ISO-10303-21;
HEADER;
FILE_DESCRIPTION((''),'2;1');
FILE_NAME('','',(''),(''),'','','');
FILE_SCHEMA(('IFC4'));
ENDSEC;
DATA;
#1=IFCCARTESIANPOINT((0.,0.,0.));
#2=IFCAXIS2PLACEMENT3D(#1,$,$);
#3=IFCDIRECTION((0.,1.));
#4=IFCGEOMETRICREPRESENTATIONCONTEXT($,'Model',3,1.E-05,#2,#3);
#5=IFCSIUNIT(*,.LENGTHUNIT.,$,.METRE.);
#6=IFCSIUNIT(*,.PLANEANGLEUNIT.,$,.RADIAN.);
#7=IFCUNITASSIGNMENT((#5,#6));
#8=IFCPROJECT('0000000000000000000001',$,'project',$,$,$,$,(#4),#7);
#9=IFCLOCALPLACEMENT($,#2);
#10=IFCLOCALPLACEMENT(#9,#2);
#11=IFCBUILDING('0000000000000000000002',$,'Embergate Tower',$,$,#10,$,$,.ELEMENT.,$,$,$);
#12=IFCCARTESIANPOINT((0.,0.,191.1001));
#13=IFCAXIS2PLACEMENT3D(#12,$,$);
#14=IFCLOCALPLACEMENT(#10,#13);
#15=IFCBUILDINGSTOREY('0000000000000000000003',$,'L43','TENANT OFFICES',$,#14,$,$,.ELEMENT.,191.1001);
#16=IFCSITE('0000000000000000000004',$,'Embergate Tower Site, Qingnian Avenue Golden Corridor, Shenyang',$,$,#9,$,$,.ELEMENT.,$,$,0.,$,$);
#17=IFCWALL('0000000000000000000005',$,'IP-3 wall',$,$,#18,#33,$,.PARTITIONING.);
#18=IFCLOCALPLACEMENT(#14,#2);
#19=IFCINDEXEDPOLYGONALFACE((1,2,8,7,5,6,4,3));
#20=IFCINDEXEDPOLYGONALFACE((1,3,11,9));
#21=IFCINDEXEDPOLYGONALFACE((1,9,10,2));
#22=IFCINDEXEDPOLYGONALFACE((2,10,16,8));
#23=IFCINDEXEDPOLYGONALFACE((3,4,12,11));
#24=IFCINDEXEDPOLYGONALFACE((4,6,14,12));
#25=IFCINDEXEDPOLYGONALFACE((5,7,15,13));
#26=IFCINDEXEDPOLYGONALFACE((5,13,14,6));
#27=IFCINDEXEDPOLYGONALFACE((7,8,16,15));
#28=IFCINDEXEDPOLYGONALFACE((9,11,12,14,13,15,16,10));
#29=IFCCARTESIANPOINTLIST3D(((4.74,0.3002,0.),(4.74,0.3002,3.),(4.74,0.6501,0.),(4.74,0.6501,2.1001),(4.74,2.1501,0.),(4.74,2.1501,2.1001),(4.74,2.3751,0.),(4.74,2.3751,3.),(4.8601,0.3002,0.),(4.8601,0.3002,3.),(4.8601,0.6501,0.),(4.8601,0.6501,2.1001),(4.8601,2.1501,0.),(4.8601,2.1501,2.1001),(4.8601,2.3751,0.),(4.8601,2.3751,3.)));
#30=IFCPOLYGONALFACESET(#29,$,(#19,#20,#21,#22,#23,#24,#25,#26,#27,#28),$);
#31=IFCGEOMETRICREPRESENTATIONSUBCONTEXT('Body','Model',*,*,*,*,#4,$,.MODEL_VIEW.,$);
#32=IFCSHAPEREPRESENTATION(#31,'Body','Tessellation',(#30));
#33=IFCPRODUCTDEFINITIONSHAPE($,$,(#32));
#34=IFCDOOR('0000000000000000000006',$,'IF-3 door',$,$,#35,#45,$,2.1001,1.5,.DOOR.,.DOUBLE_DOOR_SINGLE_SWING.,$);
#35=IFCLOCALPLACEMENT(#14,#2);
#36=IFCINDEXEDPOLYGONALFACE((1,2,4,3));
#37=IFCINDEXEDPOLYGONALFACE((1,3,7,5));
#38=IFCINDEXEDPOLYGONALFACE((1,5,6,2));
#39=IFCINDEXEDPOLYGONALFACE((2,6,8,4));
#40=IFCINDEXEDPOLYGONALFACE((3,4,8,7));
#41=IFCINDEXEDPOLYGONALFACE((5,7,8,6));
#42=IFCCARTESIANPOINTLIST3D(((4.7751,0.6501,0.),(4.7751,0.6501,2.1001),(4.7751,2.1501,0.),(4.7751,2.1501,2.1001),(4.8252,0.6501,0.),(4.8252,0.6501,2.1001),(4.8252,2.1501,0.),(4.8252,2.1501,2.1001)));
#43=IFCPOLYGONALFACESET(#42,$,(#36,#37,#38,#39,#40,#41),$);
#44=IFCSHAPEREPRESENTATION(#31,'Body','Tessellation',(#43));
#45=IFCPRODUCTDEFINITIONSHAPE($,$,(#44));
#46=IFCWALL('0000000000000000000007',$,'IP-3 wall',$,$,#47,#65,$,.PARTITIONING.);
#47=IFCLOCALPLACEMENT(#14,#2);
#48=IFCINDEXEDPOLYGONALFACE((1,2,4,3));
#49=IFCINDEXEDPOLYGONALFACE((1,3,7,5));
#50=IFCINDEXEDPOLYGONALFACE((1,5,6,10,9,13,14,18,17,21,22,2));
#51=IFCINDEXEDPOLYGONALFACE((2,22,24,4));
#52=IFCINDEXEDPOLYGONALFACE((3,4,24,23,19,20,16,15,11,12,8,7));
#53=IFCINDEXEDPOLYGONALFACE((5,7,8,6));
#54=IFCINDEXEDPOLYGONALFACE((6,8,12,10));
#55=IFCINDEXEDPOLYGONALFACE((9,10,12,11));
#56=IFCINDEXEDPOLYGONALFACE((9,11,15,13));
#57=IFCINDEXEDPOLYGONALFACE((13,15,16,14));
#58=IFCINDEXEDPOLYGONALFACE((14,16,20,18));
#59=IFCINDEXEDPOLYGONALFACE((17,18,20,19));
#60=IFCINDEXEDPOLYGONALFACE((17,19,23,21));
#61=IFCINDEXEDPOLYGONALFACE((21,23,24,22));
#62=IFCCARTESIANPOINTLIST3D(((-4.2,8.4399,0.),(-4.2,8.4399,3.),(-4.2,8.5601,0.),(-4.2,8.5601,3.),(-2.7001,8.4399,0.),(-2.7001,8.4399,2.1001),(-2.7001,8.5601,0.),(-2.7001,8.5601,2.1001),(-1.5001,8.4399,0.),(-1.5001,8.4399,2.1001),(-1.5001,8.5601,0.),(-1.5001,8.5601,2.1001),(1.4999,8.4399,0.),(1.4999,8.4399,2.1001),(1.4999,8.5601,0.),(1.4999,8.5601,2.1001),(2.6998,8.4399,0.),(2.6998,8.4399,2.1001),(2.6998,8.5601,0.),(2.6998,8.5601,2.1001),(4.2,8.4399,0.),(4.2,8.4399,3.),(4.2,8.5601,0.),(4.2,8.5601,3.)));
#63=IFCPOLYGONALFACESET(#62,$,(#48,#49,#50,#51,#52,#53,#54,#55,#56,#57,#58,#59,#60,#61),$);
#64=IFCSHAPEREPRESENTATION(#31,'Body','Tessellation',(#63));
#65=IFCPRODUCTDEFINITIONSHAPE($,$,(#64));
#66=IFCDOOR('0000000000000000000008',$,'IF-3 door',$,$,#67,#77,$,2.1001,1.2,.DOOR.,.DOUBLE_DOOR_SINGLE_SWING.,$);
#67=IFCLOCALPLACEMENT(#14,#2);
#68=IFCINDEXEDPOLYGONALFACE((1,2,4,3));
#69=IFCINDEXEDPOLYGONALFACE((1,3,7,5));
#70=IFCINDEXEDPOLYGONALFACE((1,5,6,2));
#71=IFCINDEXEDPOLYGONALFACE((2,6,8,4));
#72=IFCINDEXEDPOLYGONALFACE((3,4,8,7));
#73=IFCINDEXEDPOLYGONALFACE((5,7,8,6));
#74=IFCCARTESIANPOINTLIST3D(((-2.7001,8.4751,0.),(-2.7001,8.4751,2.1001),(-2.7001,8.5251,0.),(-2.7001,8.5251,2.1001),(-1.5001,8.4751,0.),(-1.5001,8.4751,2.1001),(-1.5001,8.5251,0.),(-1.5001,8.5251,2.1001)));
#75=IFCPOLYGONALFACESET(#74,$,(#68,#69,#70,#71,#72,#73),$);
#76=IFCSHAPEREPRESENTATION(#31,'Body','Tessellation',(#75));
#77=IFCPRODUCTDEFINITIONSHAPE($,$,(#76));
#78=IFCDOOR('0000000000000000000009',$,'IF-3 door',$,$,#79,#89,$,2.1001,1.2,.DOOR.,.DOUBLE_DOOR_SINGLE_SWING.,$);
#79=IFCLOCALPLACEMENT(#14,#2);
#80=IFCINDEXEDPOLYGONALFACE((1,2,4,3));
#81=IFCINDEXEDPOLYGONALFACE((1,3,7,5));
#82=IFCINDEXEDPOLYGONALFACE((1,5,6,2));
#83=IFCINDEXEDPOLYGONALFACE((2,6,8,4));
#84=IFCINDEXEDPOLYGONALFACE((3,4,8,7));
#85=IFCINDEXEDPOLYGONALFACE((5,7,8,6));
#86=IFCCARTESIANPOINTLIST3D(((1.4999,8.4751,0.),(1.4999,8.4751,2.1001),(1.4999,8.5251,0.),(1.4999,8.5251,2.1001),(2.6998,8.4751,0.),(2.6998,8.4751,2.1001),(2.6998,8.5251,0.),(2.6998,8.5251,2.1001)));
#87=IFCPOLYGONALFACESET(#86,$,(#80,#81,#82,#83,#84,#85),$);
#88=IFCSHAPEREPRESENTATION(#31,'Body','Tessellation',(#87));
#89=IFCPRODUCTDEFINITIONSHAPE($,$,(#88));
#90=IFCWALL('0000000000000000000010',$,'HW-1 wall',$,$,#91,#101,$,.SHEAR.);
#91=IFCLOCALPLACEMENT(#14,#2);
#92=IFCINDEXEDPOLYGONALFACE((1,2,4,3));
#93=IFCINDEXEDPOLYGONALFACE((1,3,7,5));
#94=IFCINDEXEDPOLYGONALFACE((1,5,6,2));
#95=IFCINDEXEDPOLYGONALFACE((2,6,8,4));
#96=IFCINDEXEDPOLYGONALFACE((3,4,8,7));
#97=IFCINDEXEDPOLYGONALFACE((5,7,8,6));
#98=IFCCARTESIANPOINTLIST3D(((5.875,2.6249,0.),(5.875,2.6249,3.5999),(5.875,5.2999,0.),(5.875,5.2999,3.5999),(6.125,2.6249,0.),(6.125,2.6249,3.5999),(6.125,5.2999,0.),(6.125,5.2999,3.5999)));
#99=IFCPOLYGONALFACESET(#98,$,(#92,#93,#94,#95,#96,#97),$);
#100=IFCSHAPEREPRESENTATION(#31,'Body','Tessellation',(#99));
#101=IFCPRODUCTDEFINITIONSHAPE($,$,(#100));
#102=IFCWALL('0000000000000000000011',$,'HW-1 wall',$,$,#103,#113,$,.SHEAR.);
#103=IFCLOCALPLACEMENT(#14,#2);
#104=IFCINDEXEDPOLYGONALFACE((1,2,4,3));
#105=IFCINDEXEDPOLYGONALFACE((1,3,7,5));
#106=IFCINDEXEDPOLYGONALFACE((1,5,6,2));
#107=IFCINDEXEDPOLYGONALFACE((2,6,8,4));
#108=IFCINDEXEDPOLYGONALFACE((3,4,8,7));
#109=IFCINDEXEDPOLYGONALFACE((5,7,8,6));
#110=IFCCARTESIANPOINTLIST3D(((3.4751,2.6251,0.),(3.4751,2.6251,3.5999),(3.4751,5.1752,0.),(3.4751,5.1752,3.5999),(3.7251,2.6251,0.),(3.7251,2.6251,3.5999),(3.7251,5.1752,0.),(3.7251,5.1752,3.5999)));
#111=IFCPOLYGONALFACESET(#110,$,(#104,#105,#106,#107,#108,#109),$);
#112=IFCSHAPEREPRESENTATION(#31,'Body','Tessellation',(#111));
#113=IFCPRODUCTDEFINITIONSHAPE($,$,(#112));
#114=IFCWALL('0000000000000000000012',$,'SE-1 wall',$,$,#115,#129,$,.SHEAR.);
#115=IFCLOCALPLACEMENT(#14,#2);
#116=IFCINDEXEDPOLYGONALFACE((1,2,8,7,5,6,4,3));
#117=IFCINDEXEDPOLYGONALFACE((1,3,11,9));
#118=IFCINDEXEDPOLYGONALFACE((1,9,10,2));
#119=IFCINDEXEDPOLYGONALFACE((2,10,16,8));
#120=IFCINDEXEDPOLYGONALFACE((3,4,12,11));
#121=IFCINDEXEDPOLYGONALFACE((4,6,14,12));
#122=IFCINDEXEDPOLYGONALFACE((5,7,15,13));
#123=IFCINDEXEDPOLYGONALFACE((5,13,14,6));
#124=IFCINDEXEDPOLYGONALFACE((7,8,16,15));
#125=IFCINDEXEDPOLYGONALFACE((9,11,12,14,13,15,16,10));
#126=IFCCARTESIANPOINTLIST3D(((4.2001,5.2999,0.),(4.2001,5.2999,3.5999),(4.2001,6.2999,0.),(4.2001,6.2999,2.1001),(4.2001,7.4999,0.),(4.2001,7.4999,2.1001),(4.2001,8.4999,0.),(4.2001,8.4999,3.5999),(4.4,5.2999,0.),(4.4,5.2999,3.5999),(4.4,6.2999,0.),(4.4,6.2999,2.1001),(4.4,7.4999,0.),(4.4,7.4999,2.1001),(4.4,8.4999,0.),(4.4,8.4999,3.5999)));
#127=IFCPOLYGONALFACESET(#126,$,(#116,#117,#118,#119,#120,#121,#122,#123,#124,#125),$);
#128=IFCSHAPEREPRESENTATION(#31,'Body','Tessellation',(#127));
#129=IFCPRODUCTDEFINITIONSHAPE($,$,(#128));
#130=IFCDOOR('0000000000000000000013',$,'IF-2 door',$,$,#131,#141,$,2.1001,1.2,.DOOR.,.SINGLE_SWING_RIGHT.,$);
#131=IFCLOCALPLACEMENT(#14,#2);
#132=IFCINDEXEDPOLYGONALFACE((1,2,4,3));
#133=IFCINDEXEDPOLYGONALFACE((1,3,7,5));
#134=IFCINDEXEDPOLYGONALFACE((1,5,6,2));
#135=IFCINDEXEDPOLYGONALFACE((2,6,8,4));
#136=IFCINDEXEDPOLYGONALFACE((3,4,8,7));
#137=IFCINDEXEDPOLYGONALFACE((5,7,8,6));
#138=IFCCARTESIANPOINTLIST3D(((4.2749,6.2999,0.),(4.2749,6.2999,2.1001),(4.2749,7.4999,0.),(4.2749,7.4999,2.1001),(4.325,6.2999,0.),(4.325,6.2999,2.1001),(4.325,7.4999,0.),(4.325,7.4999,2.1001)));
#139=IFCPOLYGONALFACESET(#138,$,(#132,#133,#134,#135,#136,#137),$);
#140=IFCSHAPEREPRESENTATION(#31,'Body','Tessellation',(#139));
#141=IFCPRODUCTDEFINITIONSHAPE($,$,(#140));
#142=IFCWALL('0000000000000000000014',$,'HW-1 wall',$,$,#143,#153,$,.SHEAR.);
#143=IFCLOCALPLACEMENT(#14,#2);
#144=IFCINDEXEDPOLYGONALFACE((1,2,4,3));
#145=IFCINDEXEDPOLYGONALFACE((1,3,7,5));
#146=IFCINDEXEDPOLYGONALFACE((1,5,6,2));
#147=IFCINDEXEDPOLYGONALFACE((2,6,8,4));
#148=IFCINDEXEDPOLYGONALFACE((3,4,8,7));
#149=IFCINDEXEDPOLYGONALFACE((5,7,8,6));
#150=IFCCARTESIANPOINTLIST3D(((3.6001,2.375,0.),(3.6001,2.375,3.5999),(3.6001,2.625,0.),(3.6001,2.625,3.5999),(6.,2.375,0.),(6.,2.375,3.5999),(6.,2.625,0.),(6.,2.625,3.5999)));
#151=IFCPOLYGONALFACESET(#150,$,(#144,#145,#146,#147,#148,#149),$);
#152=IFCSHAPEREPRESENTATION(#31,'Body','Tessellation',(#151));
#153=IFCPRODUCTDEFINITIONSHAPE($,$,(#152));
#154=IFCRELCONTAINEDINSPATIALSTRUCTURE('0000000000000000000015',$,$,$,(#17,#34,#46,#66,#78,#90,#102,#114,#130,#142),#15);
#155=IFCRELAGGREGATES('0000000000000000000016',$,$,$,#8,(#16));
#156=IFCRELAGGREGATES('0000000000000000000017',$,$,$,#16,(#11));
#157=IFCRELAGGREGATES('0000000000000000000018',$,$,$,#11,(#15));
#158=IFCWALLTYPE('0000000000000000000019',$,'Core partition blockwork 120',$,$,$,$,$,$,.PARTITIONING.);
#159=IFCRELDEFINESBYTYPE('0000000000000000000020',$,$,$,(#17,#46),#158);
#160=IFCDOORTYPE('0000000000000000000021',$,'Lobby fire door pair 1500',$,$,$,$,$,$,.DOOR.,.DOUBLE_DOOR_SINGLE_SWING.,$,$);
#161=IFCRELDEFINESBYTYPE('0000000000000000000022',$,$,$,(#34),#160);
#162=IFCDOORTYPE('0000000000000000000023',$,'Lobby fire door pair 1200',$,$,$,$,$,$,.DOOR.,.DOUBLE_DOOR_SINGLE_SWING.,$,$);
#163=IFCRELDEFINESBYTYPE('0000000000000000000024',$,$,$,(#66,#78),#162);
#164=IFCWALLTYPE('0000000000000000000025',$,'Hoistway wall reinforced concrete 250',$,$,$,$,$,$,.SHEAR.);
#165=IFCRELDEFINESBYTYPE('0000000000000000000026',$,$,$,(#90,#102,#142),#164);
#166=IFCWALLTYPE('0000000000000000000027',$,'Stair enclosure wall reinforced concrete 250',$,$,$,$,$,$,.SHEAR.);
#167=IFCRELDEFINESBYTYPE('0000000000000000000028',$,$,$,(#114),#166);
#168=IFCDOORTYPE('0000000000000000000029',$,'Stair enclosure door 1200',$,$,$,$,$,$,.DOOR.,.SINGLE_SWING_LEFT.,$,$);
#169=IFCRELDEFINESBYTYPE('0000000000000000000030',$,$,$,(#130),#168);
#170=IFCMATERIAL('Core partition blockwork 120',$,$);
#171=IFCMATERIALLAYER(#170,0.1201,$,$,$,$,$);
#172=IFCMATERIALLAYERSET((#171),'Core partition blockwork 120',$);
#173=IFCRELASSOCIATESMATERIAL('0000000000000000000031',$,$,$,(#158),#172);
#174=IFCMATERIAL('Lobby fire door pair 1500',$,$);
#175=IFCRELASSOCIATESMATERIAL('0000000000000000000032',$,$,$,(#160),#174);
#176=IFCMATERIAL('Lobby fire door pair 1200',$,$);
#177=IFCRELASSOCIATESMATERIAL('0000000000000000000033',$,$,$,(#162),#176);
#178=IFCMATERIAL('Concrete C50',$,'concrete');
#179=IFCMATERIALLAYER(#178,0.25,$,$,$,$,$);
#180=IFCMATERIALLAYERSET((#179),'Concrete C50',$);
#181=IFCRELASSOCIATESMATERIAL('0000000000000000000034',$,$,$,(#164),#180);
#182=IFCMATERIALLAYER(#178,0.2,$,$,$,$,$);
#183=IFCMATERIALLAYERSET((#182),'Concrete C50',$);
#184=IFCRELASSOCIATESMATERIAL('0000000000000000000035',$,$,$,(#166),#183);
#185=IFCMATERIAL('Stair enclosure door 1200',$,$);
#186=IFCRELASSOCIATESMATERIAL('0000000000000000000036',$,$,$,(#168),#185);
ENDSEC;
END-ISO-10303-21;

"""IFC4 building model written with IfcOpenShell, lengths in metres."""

from ifc_helpers import new_model, si_unit, direction, frame, frame_2d, origin, place, context, subcontext, project, spatial, rectangle, extrude, source, transform, mapped, material, layer, layer_set, type_object, element, fill, save


model = new_model("IFC4")

# Units and contexts
model_context = context("Model", 3, precision=1e-05, world=origin(), true_north=direction((0.0, 1.0)))
body_context = subcontext(model_context, "Body", "Model", "MODEL_VIEW")
ifc_project = project(units=[si_unit("LENGTHUNIT", "METRE"), si_unit("PLANEANGLEUNIT", "RADIAN")], contexts=[model_context])

# Site, building, storey
site_placement = place(None, origin())
site = spatial("IfcSite", under=ifc_project, at=site_placement, Name="Embergate Tower Site, Qingnian Avenue Golden Corridor, Shenyang", CompositionType="ELEMENT", RefElevation=0.0)
building_placement = place(site_placement, origin())
building = spatial("IfcBuilding", under=site, at=building_placement, Name="Embergate Tower", CompositionType="ELEMENT")
storey_placement = place(building_placement, frame((0.0, 0.0, 191.1001)))
storey = spatial("IfcBuildingStorey", under=building, at=storey_placement, Name="L43", Description="TENANT OFFICES", CompositionType="ELEMENT", Elevation=191.1001)

# Wall, opening, door
ifc_material_1 = material(Name="Core partition blockwork 120")
ifc_layer_1 = layer(ifc_material_1, 0.1201)
ifc_layer_set_1 = layer_set([ifc_layer_1], Name="Core partition blockwork 120")
wall_type_1 = type_object("IfcWallType", Name="Core partition blockwork 120", PredefinedType="PARTITIONING", material=ifc_layer_set_1)
shared_shape_1 = source(origin(), body_context, "Body", "SweptSolid", [
    extrude(rectangle(XDim=2.075, YDim=0.1201, at=frame_2d((1.0376, 0.0))), origin(), (0.0, 0.0, 1.0), 3.0),
])
wall_1_placement = place(storey_placement, frame((4.8, 0.3, 0.0), z_axis=(0.0, 0.0, 1.0), x_axis=(0.0, 1.0, 0.0)))
wall_1 = element("IfcWall", 1, at=wall_1_placement, inside=storey, type_object=wall_type_1, Name="IP-3 wall", PredefinedType="PARTITIONING", context=body_context, shape_type="MappedRepresentation", body=[
    mapped(shared_shape_1, transform((0.0, 0.0, 0.0))),
])
shared_shape_2 = source(origin(), body_context, "Body", "SweptSolid", [
    extrude(rectangle(XDim=1.5, YDim=2.1001, at=frame_2d((0.75, 1.05))), frame((0.0, 0.0701, 0.0), z_axis=(0.0, -1.0, 0.0), x_axis=(1.0, 0.0, 0.0)), (0.0, 0.0, 1.0), 0.1401),
])
opening_1_placement = place(wall_1_placement, frame((0.3501, 0.0, 0.0)))
opening_1 = element("IfcOpeningElement", 2, at=opening_1_placement, cuts=wall_1, PredefinedType="OPENING", context=body_context, shape_type="MappedRepresentation", body=[
    mapped(shared_shape_2, transform((0.0, 0.0, 0.0))),
])
ifc_material_2 = material(Name="Lobby fire door pair 1500")
door_type_1 = type_object("IfcDoorType", Name="Lobby fire door pair 1500", OperationType="DOUBLE_DOOR_SINGLE_SWING", PredefinedType="DOOR", material=ifc_material_2)
shared_shape_3 = source(origin(), body_context, "Body", "SweptSolid", [
    extrude(rectangle(XDim=1.5, YDim=2.1001, at=frame_2d((0.75, 1.05))), frame((0.0, 0.0249, 0.0), z_axis=(0.0, -1.0, 0.0), x_axis=(1.0, 0.0, 0.0)), (0.0, 0.0, 1.0), 0.05),
])
door_1_placement = place(opening_1_placement, origin())
door_1 = element("IfcDoor", 3, at=door_1_placement, inside=storey, type_object=door_type_1, Name="IF-3 door", OperationType="DOUBLE_DOOR_SINGLE_SWING", OverallHeight=2.1001, OverallWidth=1.5, PredefinedType="DOOR", context=body_context, shape_type="MappedRepresentation", body=[
    mapped(shared_shape_3, transform((0.0, 0.0, 0.0))),
])
fill(opening_1, door_1)

# Wall, openings, doors
shared_shape_4 = source(origin(), body_context, "Body", "SweptSolid", [
    extrude(rectangle(XDim=8.3999, YDim=0.1201, at=frame_2d((4.2, 0.0))), origin(), (0.0, 0.0, 1.0), 3.0),
])
wall_2_placement = place(storey_placement, frame((4.2, 8.5, 0.0), z_axis=(0.0, 0.0, 1.0), x_axis=(-1.0, 0.0, 0.0)))
wall_2 = element("IfcWall", 4, at=wall_2_placement, inside=storey, type_object=wall_type_1, Name="IP-3 wall", PredefinedType="PARTITIONING", context=body_context, shape_type="MappedRepresentation", body=[
    mapped(shared_shape_4, transform((0.0, 0.0, 0.0))),
])
shared_shape_5 = source(origin(), body_context, "Body", "SweptSolid", [
    extrude(rectangle(XDim=1.2, YDim=2.1001, at=frame_2d((0.6001, 1.05))), frame((0.0, 0.0701, 0.0), z_axis=(0.0, -1.0, 0.0), x_axis=(1.0, 0.0, 0.0)), (0.0, 0.0, 1.0), 0.1401),
])
opening_2_placement = place(wall_2_placement, frame((5.7, 0.0, 0.0)))
opening_2 = element("IfcOpeningElement", 5, at=opening_2_placement, cuts=wall_2, PredefinedType="OPENING", context=body_context, shape_type="MappedRepresentation", body=[
    mapped(shared_shape_5, transform((0.0, 0.0, 0.0))),
])
opening_3_placement = place(wall_2_placement, frame((1.5, 0.0, 0.0)))
opening_3 = element("IfcOpeningElement", 6, at=opening_3_placement, cuts=wall_2, PredefinedType="OPENING", context=body_context, shape_type="MappedRepresentation", body=[
    mapped(shared_shape_5, transform((0.0, 0.0, 0.0))),
])
ifc_material_3 = material(Name="Lobby fire door pair 1200")
door_type_2 = type_object("IfcDoorType", Name="Lobby fire door pair 1200", OperationType="DOUBLE_DOOR_SINGLE_SWING", PredefinedType="DOOR", material=ifc_material_3)
shared_shape_6 = source(origin(), body_context, "Body", "SweptSolid", [
    extrude(rectangle(XDim=1.2, YDim=2.1001, at=frame_2d((0.6001, 1.05))), frame((0.0, 0.0249, 0.0), z_axis=(0.0, -1.0, 0.0), x_axis=(1.0, 0.0, 0.0)), (0.0, 0.0, 1.0), 0.05),
])
door_2_placement = place(opening_2_placement, origin())
door_2 = element("IfcDoor", 7, at=door_2_placement, inside=storey, type_object=door_type_2, Name="IF-3 door", OperationType="DOUBLE_DOOR_SINGLE_SWING", OverallHeight=2.1001, OverallWidth=1.2, PredefinedType="DOOR", context=body_context, shape_type="MappedRepresentation", body=[
    mapped(shared_shape_6, transform((0.0, 0.0, 0.0))),
])
fill(opening_2, door_2)
door_3_placement = place(opening_3_placement, origin())
door_3 = element("IfcDoor", 8, at=door_3_placement, inside=storey, type_object=door_type_2, Name="IF-3 door", OperationType="DOUBLE_DOOR_SINGLE_SWING", OverallHeight=2.1001, OverallWidth=1.2, PredefinedType="DOOR", context=body_context, shape_type="MappedRepresentation", body=[
    mapped(shared_shape_6, transform((0.0, 0.0, 0.0))),
])
fill(opening_3, door_3)

# Walls
ifc_material_4 = material(Name="Concrete C50", Category="concrete")
ifc_layer_2 = layer(ifc_material_4, 0.25)
ifc_layer_set_2 = layer_set([ifc_layer_2], Name="Concrete C50")
wall_type_2 = type_object("IfcWallType", Name="Hoistway wall reinforced concrete 250", PredefinedType="SHEAR", material=ifc_layer_set_2)
shared_shape_7 = source(origin(), body_context, "Body", "SweptSolid", [
    extrude(rectangle(XDim=2.675, YDim=0.25, at=frame_2d((1.3374, 0.0))), origin(), (0.0, 0.0, 1.0), 3.5999),
])
wall_3_placement = place(storey_placement, frame((6.0, 2.625, 0.0), z_axis=(0.0, 0.0, 1.0), x_axis=(0.0, 1.0, 0.0)))
element("IfcWall", 9, at=wall_3_placement, inside=storey, type_object=wall_type_2, Name="HW-1 wall", PredefinedType="SHEAR", context=body_context, shape_type="MappedRepresentation", body=[
    mapped(shared_shape_7, transform((0.0, 0.0, 0.0))),
])
shared_shape_8 = source(origin(), body_context, "Body", "SweptSolid", [
    extrude(rectangle(XDim=2.55, YDim=0.25, at=frame_2d((1.2749, 0.0))), origin(), (0.0, 0.0, 1.0), 3.5999),
])
wall_4_placement = place(storey_placement, frame((3.6001, 5.175, 0.0), z_axis=(0.0, 0.0, 1.0), x_axis=(0.0, -1.0, 0.0)))
element("IfcWall", 10, at=wall_4_placement, inside=storey, type_object=wall_type_2, Name="HW-1 wall", PredefinedType="SHEAR", context=body_context, shape_type="MappedRepresentation", body=[
    mapped(shared_shape_8, transform((0.0, 0.0, 0.0))),
])

# Wall, opening, door
ifc_layer_3 = layer(ifc_material_4, 0.2)
ifc_layer_set_3 = layer_set([ifc_layer_3], Name="Concrete C50")
wall_type_3 = type_object("IfcWallType", Name="Stair enclosure wall reinforced concrete 250", PredefinedType="SHEAR", material=ifc_layer_set_3)
shared_shape_9 = source(origin(), body_context, "Body", "SweptSolid", [
    extrude(rectangle(XDim=3.2, YDim=0.2, at=frame_2d((1.6001, 0.0))), origin(), (0.0, 0.0, 1.0), 3.5999),
])
wall_5_placement = place(storey_placement, frame((4.3, 8.5, 0.0), z_axis=(0.0, 0.0, 1.0), x_axis=(0.0, -1.0, 0.0)))
wall_5 = element("IfcWall", 11, at=wall_5_placement, inside=storey, type_object=wall_type_3, Name="SE-1 wall", PredefinedType="SHEAR", context=body_context, shape_type="MappedRepresentation", body=[
    mapped(shared_shape_9, transform((0.0, 0.0, 0.0))),
])
shared_shape_10 = source(origin(), body_context, "Body", "SweptSolid", [
    extrude(rectangle(XDim=1.2, YDim=2.1001, at=frame_2d((0.6001, 1.05))), frame((0.0, 0.1099, 0.0), z_axis=(0.0, -1.0, 0.0), x_axis=(1.0, 0.0, 0.0)), (0.0, 0.0, 1.0), 0.22),
])
opening_4_placement = place(wall_5_placement, frame((1.0, 0.0, 0.0)))
opening_4 = element("IfcOpeningElement", 12, at=opening_4_placement, cuts=wall_5, PredefinedType="OPENING", context=body_context, shape_type="MappedRepresentation", body=[
    mapped(shared_shape_10, transform((0.0, 0.0, 0.0))),
])
ifc_material_5 = material(Name="Stair enclosure door 1200")
door_type_3 = type_object("IfcDoorType", Name="Stair enclosure door 1200", OperationType="SINGLE_SWING_LEFT", PredefinedType="DOOR", material=ifc_material_5)
door_4_placement = place(opening_4_placement, origin())
door_4 = element("IfcDoor", 13, at=door_4_placement, inside=storey, type_object=door_type_3, Name="IF-2 door", OperationType="SINGLE_SWING_RIGHT", OverallHeight=2.1001, OverallWidth=1.2, PredefinedType="DOOR", context=body_context, shape_type="MappedRepresentation", body=[
    mapped(shared_shape_6, transform((0.0, 0.0, 0.0))),
])
fill(opening_4, door_4)

# Wall
shared_shape_11 = source(origin(), body_context, "Body", "SweptSolid", [
    extrude(rectangle(XDim=2.3999, YDim=0.25, at=frame_2d((1.2, 0.0))), origin(), (0.0, 0.0, 1.0), 3.5999),
])
wall_6_placement = place(storey_placement, frame((3.6001, 2.5, 0.0), z_axis=(0.0, 0.0, 1.0), x_axis=(1.0, 0.0, 0.0)))
element("IfcWall", 14, at=wall_6_placement, inside=storey, type_object=wall_type_2, Name="HW-1 wall", PredefinedType="SHEAR", context=body_context, shape_type="MappedRepresentation", body=[
    mapped(shared_shape_11, transform((0.0, 0.0, 0.0))),
])

save(model, "model.ifc")
